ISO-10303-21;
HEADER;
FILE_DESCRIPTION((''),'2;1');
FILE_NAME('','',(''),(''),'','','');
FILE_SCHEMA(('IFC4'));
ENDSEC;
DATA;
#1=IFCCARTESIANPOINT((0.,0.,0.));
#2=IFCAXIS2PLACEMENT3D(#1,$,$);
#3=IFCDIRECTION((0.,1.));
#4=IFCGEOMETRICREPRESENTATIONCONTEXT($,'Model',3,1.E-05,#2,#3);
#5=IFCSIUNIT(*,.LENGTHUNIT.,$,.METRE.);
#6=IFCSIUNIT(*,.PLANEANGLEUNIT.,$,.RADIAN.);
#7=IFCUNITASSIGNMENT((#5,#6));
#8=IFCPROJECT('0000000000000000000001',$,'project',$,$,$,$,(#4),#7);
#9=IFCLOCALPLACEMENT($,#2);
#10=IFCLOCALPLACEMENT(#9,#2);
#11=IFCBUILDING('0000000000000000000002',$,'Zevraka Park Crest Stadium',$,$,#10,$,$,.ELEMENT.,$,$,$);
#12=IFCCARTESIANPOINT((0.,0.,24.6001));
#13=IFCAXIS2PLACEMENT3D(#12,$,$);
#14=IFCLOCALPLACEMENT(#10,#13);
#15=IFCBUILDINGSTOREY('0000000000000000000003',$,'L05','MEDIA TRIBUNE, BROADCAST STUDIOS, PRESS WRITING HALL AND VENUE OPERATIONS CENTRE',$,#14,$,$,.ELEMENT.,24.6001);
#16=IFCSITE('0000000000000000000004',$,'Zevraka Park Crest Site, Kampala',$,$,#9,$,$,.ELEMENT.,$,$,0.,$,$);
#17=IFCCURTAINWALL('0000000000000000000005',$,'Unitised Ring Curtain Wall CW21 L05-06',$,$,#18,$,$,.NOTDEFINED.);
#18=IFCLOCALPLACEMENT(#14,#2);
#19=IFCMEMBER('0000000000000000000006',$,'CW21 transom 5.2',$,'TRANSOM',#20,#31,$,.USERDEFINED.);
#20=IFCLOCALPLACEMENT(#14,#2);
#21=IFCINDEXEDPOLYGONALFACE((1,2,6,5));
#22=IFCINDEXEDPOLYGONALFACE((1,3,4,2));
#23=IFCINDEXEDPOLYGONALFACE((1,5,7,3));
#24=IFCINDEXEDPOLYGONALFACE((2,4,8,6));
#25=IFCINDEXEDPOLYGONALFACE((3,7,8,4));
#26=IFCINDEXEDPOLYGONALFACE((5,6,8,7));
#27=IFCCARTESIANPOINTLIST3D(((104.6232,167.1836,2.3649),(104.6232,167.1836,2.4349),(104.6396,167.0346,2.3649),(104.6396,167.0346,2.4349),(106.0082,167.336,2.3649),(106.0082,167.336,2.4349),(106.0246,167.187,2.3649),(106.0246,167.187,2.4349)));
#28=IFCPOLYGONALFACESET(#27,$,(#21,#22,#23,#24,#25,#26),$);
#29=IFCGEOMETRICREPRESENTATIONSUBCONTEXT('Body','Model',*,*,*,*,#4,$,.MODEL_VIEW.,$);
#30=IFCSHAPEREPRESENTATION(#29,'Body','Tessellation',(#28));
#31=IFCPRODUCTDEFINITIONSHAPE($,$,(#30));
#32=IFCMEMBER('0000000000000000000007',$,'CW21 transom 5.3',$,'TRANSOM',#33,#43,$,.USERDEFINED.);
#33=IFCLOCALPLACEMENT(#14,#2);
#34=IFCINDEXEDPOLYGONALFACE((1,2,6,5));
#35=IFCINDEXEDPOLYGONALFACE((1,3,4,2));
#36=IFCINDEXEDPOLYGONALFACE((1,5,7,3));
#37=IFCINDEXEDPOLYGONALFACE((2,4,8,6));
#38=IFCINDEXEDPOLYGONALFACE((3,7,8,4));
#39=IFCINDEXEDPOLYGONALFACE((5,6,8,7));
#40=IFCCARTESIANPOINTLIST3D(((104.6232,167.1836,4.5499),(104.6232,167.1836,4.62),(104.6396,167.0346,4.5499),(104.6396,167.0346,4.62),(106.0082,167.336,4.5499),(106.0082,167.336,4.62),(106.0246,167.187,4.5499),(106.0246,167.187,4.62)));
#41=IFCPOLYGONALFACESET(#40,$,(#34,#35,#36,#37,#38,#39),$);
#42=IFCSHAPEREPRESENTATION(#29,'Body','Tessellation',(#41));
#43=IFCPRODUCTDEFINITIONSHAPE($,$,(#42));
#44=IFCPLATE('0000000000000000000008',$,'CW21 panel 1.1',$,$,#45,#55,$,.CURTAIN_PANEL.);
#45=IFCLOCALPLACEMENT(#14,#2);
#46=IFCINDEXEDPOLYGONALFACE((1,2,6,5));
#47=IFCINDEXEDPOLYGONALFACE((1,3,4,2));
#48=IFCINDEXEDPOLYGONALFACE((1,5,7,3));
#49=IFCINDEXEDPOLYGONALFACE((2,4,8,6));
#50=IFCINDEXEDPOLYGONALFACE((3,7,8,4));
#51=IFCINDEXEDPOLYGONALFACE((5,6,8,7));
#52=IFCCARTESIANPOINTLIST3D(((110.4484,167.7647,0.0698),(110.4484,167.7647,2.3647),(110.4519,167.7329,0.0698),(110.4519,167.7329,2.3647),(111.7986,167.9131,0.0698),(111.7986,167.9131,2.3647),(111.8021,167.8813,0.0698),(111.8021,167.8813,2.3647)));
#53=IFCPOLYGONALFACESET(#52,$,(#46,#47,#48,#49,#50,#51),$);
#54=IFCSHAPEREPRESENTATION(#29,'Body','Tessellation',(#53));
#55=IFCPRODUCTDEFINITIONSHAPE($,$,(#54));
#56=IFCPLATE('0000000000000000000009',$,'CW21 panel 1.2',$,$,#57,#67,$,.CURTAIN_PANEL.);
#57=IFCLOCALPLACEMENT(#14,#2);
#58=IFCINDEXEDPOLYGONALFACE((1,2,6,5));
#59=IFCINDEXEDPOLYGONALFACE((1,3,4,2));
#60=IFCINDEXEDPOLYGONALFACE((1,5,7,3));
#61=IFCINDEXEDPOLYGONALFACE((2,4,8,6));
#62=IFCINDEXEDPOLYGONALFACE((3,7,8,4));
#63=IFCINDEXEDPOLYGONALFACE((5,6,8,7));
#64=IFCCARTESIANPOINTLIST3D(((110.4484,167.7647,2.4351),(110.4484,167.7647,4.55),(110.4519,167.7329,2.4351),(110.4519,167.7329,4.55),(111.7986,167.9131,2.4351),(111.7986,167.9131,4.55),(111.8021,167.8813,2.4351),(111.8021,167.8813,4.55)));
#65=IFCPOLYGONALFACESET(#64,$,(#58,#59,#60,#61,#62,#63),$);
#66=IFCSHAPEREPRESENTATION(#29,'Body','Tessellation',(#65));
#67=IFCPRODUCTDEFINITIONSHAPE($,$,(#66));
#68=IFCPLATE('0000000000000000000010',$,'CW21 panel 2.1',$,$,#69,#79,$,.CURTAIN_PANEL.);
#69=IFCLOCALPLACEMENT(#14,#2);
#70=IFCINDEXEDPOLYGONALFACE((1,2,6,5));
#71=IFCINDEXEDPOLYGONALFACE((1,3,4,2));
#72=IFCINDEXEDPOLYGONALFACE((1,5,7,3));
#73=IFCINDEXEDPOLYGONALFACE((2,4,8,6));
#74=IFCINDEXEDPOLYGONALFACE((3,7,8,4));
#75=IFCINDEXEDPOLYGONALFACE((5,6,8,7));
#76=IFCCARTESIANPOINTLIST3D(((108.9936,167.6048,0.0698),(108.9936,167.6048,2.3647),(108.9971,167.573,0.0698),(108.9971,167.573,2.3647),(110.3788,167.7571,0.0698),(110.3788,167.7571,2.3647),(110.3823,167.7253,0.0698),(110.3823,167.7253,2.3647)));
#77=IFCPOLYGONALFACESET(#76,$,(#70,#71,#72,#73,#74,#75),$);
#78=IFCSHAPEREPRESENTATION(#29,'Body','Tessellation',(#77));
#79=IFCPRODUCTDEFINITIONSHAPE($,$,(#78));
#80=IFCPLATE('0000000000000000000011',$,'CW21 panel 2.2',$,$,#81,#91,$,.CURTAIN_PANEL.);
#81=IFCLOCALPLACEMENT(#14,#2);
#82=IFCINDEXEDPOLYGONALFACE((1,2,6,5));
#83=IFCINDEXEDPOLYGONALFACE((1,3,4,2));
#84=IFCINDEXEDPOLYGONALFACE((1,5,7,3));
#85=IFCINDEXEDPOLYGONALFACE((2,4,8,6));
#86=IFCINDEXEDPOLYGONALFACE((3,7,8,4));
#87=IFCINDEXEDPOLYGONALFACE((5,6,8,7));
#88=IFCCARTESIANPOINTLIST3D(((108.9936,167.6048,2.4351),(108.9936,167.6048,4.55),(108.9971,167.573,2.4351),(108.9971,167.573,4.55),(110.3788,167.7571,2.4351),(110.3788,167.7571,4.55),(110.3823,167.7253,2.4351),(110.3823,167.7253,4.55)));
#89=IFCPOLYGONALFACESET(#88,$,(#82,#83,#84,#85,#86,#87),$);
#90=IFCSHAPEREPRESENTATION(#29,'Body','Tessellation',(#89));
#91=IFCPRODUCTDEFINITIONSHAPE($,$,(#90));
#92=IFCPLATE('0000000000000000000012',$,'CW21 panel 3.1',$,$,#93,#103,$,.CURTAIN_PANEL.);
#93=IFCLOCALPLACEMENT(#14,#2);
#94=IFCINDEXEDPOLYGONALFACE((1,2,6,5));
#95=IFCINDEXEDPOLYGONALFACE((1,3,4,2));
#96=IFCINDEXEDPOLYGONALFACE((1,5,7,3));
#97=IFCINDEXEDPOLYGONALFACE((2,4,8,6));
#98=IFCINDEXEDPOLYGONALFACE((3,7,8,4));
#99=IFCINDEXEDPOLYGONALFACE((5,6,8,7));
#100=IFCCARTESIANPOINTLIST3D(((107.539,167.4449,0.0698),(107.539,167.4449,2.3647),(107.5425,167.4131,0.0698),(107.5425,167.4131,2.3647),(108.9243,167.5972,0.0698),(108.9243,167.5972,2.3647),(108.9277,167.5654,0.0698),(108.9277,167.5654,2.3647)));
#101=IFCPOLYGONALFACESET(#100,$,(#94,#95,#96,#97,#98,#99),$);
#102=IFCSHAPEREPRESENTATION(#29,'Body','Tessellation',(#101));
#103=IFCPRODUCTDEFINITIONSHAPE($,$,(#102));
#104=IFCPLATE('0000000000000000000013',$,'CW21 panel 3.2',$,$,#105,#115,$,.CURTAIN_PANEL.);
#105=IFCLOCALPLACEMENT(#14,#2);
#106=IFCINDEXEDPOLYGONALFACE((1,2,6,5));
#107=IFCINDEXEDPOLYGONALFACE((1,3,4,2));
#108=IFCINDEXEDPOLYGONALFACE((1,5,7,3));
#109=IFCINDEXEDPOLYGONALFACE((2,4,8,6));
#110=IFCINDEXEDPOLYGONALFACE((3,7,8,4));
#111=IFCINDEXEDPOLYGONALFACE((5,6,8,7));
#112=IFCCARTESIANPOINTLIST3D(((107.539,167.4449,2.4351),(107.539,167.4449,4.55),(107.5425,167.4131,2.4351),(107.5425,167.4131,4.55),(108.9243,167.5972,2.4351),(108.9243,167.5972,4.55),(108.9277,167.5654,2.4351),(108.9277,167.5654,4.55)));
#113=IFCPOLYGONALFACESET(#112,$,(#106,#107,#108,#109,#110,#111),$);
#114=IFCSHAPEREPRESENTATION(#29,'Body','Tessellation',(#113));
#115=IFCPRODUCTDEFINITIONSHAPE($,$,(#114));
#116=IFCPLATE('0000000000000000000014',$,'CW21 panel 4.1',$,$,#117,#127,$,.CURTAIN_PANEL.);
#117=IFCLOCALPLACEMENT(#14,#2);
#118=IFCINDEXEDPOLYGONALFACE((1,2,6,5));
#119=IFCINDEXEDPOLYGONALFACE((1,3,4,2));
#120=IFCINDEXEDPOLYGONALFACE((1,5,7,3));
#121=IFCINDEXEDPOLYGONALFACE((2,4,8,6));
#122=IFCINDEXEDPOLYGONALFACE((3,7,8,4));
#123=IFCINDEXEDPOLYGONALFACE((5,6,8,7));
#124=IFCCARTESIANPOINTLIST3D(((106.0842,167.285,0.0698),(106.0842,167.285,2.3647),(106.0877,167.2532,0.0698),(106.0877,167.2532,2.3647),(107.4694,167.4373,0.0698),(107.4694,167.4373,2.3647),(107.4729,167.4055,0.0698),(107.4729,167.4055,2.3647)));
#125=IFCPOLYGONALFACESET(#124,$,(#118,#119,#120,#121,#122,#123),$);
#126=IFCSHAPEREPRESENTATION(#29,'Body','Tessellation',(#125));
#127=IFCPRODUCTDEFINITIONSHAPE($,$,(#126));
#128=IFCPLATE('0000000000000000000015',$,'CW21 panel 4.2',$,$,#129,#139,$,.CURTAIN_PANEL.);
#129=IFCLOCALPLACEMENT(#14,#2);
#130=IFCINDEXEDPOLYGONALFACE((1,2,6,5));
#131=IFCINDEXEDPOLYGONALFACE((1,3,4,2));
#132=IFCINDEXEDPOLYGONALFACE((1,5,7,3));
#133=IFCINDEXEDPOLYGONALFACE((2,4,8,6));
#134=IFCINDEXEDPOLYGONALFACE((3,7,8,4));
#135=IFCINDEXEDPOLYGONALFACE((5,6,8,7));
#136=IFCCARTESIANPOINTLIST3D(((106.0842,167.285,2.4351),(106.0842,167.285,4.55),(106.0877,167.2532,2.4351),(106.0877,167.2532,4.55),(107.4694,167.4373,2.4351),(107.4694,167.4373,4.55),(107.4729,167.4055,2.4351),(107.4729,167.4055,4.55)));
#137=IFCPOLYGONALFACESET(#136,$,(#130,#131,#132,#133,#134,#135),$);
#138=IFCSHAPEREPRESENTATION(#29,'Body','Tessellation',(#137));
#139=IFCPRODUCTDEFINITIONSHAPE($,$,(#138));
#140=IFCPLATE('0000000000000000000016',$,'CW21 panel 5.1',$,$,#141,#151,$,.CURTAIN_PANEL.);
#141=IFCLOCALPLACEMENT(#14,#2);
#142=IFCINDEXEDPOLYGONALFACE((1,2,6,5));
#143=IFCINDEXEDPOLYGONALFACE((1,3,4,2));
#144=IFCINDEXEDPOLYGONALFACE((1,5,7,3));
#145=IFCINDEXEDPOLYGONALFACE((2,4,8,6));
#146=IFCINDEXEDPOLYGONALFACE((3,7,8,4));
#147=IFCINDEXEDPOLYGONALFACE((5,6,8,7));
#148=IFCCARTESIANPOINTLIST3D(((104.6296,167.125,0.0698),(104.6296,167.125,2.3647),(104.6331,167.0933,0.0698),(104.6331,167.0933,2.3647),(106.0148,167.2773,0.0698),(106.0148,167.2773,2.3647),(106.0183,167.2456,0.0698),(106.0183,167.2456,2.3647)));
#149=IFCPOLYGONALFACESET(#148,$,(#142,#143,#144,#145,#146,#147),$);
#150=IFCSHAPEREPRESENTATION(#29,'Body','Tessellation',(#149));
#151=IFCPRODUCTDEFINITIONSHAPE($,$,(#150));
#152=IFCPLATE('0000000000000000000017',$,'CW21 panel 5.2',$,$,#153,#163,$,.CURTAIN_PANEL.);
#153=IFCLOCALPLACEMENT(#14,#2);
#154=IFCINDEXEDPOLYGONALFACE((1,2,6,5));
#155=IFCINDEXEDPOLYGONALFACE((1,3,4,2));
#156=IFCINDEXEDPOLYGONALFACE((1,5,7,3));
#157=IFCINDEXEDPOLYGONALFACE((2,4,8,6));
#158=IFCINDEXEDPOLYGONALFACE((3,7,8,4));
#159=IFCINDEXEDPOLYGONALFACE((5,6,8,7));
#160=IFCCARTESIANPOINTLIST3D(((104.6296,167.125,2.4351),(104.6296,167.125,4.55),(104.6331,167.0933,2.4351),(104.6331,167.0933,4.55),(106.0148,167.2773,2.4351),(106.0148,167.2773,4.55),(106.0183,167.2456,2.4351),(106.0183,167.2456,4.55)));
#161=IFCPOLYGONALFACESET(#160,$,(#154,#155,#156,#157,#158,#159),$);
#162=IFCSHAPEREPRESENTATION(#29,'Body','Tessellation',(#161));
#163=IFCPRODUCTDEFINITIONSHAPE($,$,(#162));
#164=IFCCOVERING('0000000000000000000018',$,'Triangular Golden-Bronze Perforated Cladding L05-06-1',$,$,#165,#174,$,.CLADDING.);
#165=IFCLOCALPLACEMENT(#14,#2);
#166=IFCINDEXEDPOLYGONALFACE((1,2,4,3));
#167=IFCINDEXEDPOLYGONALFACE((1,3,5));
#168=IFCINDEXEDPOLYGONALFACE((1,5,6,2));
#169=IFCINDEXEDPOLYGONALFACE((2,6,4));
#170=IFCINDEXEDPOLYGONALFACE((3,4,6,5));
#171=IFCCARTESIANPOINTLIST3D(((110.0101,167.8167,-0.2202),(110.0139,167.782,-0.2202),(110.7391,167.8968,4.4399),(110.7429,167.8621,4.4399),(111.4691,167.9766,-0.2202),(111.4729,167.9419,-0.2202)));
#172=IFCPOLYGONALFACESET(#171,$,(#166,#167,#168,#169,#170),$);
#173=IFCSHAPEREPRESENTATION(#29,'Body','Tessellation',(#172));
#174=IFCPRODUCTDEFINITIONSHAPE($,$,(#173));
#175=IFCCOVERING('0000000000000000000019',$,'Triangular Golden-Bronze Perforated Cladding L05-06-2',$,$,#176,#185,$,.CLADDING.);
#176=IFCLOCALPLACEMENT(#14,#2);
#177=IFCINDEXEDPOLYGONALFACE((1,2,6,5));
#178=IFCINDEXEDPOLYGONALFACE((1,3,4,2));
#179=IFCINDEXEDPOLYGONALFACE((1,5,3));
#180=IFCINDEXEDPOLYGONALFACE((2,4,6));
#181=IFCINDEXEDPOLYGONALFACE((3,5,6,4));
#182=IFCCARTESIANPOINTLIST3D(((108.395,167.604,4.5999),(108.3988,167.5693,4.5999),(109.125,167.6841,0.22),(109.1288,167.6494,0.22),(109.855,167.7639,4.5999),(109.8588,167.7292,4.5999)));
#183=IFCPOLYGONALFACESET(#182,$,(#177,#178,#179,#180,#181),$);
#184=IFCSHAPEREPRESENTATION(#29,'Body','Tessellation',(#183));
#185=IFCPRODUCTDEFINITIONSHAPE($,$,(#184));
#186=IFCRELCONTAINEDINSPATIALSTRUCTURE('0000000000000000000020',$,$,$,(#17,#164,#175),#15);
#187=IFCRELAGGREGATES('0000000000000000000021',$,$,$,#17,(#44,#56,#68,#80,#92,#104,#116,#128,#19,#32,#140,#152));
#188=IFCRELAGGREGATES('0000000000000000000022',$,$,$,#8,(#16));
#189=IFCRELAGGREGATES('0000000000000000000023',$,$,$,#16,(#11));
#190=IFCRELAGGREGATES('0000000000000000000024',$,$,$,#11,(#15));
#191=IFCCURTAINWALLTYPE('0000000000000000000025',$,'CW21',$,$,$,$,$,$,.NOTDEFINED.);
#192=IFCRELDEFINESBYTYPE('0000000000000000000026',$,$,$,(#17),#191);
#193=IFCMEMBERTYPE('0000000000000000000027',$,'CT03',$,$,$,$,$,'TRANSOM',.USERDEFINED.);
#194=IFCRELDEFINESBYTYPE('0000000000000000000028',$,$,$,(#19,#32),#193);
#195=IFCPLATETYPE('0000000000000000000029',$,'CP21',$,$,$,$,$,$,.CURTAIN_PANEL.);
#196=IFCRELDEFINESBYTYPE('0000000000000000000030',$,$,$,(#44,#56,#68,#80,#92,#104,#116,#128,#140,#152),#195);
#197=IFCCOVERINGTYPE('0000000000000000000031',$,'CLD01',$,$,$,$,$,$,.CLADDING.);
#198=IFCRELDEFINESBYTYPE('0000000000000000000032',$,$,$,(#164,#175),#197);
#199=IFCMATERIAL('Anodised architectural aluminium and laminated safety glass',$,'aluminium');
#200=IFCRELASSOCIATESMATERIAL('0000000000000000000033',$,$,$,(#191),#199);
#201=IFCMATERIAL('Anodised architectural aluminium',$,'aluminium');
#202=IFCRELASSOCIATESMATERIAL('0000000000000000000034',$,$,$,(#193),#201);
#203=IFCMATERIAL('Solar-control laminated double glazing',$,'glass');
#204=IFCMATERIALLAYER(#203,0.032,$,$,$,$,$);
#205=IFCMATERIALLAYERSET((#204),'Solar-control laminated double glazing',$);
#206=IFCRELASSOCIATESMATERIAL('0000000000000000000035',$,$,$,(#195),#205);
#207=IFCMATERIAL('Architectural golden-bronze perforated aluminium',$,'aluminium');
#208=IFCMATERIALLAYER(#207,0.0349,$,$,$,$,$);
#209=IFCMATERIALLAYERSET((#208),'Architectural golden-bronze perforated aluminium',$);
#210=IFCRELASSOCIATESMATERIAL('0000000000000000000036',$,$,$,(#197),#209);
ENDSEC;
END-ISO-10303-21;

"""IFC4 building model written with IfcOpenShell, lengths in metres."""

from ifc_helpers import new_model, si_unit, direction, frame, origin, origin_2d, place, context, subcontext, project, spatial, polyline, rectangle, outline, extrude, material, layer, layer_set, material_profile, profile_set, type_object, element, aggregate, save


model = new_model("IFC4")

# Units and contexts
model_context = context("Model", 3, precision=1e-05, world=origin(), true_north=direction((0.0, 1.0)))
body_context = subcontext(model_context, "Body", "Model", "MODEL_VIEW")
ifc_project = project(units=[si_unit("LENGTHUNIT", "METRE"), si_unit("PLANEANGLEUNIT", "RADIAN")], contexts=[model_context])

# Site, building, storey
site_placement = place(None, origin())
site = spatial("IfcSite", under=ifc_project, at=site_placement, Name="Zevraka Park Crest Site, Kampala", CompositionType="ELEMENT", RefElevation=0.0)
building_placement = place(site_placement, origin())
building = spatial("IfcBuilding", under=site, at=building_placement, Name="Zevraka Park Crest Stadium", CompositionType="ELEMENT")
storey_placement = place(building_placement, frame((0.0, 0.0, 24.6001)))
storey = spatial("IfcBuildingStorey", under=building, at=storey_placement, Name="L05", Description="MEDIA TRIBUNE, BROADCAST STUDIOS, PRESS WRITING HALL AND VENUE OPERATIONS CENTRE", CompositionType="ELEMENT", Elevation=24.6001)

# Curtain wall, members, plates
ifc_material_1 = material(Name="Anodised architectural aluminium and laminated safety glass", Category="aluminium")
curtain_wall_type = type_object("IfcCurtainWallType", Name="CW21", PredefinedType="NOTDEFINED", material=ifc_material_1)
curtain_wall_placement = place(storey_placement, origin())
curtain_wall = element("IfcCurtainWall", 1, at=curtain_wall_placement, inside=storey, type_object=curtain_wall_type, Name="Unitised Ring Curtain Wall CW21 L05-06", PredefinedType="NOTDEFINED")
ifc_material_2 = material(Name="Anodised architectural aluminium", Category="aluminium")
ifc_material_profile_1 = material_profile(ifc_material_2, rectangle(XDim=0.1499, YDim=0.0701, at=origin_2d()), Name="ALU TRANSOM 150x70")
ifc_profile_set_1 = profile_set([ifc_material_profile_1], Name="Anodised architectural aluminium")
member_type_1 = type_object("IfcMemberType", Name="CT03", ElementType="TRANSOM", PredefinedType="USERDEFINED", material=ifc_profile_set_1)
member_1_placement = place(storey_placement, frame((106.0164, 167.2615, 2.3999), z_axis=(-0.994005, -0.109335, 0.0), x_axis=(0.109335, -0.994005, 0.0)))
member_1 = element("IfcMember", 2, at=member_1_placement, type_object=member_type_1, Name="CW21 transom 5.2", ObjectType="TRANSOM", PredefinedType="USERDEFINED", context=body_context, shape_type="SweptSolid", body=[
    extrude(rectangle(XDim=0.1499, YDim=0.0701, at=origin_2d()), origin(), (0.0, 0.0, 1.0), 1.3933),
])
member_2_placement = place(storey_placement, frame((106.0164, 167.2615, 4.585), z_axis=(-0.994005, -0.109335, 0.0), x_axis=(0.109335, -0.994005, 0.0)))
member_2 = element("IfcMember", 3, at=member_2_placement, type_object=member_type_1, Name="CW21 transom 5.3", ObjectType="TRANSOM", PredefinedType="USERDEFINED", context=body_context, shape_type="SweptSolid", body=[
    extrude(rectangle(XDim=0.1499, YDim=0.0701, at=origin_2d()), origin(), (0.0, 0.0, 1.0), 1.3933),
])
ifc_material_3 = material(Name="Solar-control laminated double glazing", Category="glass")
ifc_layer_1 = layer(ifc_material_3, 0.032)
ifc_layer_set_1 = layer_set([ifc_layer_1], Name="Solar-control laminated double glazing")
plate_type = type_object("IfcPlateType", Name="CP21", PredefinedType="CURTAIN_PANEL", material=ifc_layer_set_1)
plate_1_placement = place(storey_placement, frame((111.1252, 167.823, 0.0698), z_axis=(0.0, 0.0, 1.0), x_axis=(-0.99401, -0.109288, 0.0)))
plate_1 = element("IfcPlate", 4, at=plate_1_placement, type_object=plate_type, Name="CW21 panel 1.1", PredefinedType="CURTAIN_PANEL", context=body_context, shape_type="SweptSolid", body=[
    extrude(rectangle(XDim=1.3584, YDim=0.032, at=origin_2d()), origin(), (0.0, 0.0, 1.0), 2.2949),
])
plate_2_placement = place(storey_placement, frame((111.1252, 167.823, 2.4351), z_axis=(0.0, 0.0, 1.0), x_axis=(-0.99401, -0.109288, 0.0)))
plate_2 = element("IfcPlate", 5, at=plate_2_placement, type_object=plate_type, Name="CW21 panel 1.2", PredefinedType="CURTAIN_PANEL", context=body_context, shape_type="SweptSolid", body=[
    extrude(rectangle(XDim=1.3584, YDim=0.032, at=origin_2d()), origin(), (0.0, 0.0, 1.0), 2.115),
])
plate_3_placement = place(storey_placement, frame((109.688, 167.665, 0.0698), z_axis=(0.0, 0.0, 1.0), x_axis=(-0.99401, -0.109288, 0.0)))
plate_3 = element("IfcPlate", 6, at=plate_3_placement, type_object=plate_type, Name="CW21 panel 2.1", PredefinedType="CURTAIN_PANEL", context=body_context, shape_type="SweptSolid", body=[
    extrude(rectangle(XDim=1.3936, YDim=0.032, at=origin_2d()), origin(), (0.0, 0.0, 1.0), 2.2949),
])
plate_4_placement = place(storey_placement, frame((109.688, 167.665, 2.4351), z_axis=(0.0, 0.0, 1.0), x_axis=(-0.99401, -0.109288, 0.0)))
plate_4 = element("IfcPlate", 7, at=plate_4_placement, type_object=plate_type, Name="CW21 panel 2.2", PredefinedType="CURTAIN_PANEL", context=body_context, shape_type="SweptSolid", body=[
    extrude(rectangle(XDim=1.3936, YDim=0.032, at=origin_2d()), origin(), (0.0, 0.0, 1.0), 2.115),
])
plate_5_placement = place(storey_placement, frame((108.2334, 167.5051, 0.0698), z_axis=(0.0, 0.0, 1.0), x_axis=(-0.99401, -0.109288, 0.0)))
plate_5 = element("IfcPlate", 8, at=plate_5_placement, type_object=plate_type, Name="CW21 panel 3.1", PredefinedType="CURTAIN_PANEL", context=body_context, shape_type="SweptSolid", body=[
    extrude(rectangle(XDim=1.3936, YDim=0.032, at=origin_2d()), origin(), (0.0, 0.0, 1.0), 2.2949),
])
plate_6_placement = place(storey_placement, frame((108.2334, 167.5051, 2.4351), z_axis=(0.0, 0.0, 1.0), x_axis=(-0.99401, -0.109288, 0.0)))
plate_6 = element("IfcPlate", 9, at=plate_6_placement, type_object=plate_type, Name="CW21 panel 3.2", PredefinedType="CURTAIN_PANEL", context=body_context, shape_type="SweptSolid", body=[
    extrude(rectangle(XDim=1.3936, YDim=0.032, at=origin_2d()), origin(), (0.0, 0.0, 1.0), 2.115),
])
plate_7_placement = place(storey_placement, frame((106.7786, 167.3452, 0.0698), z_axis=(0.0, 0.0, 1.0), x_axis=(-0.99401, -0.109288, 0.0)))
plate_7 = element("IfcPlate", 10, at=plate_7_placement, type_object=plate_type, Name="CW21 panel 4.1", PredefinedType="CURTAIN_PANEL", context=body_context, shape_type="SweptSolid", body=[
    extrude(rectangle(XDim=1.3936, YDim=0.032, at=origin_2d()), origin(), (0.0, 0.0, 1.0), 2.2949),
])
plate_8_placement = place(storey_placement, frame((106.7786, 167.3452, 2.4351), z_axis=(0.0, 0.0, 1.0), x_axis=(-0.99401, -0.109288, 0.0)))
plate_8 = element("IfcPlate", 11, at=plate_8_placement, type_object=plate_type, Name="CW21 panel 4.2", PredefinedType="CURTAIN_PANEL", context=body_context, shape_type="SweptSolid", body=[
    extrude(rectangle(XDim=1.3936, YDim=0.032, at=origin_2d()), origin(), (0.0, 0.0, 1.0), 2.115),
])
plate_9_placement = place(storey_placement, frame((105.324, 167.1853, 0.0698), z_axis=(0.0, 0.0, 1.0), x_axis=(-0.99401, -0.109288, 0.0)))
plate_9 = element("IfcPlate", 12, at=plate_9_placement, type_object=plate_type, Name="CW21 panel 5.1", PredefinedType="CURTAIN_PANEL", context=body_context, shape_type="SweptSolid", body=[
    extrude(rectangle(XDim=1.3936, YDim=0.032, at=origin_2d()), origin(), (0.0, 0.0, 1.0), 2.2949),
])
plate_10_placement = place(storey_placement, frame((105.324, 167.1853, 2.4351), z_axis=(0.0, 0.0, 1.0), x_axis=(-0.99401, -0.109288, 0.0)))
plate_10 = element("IfcPlate", 13, at=plate_10_placement, type_object=plate_type, Name="CW21 panel 5.2", PredefinedType="CURTAIN_PANEL", context=body_context, shape_type="SweptSolid", body=[
    extrude(rectangle(XDim=1.3936, YDim=0.032, at=origin_2d()), origin(), (0.0, 0.0, 1.0), 2.115),
])
aggregate(curtain_wall, [plate_1, plate_2, plate_3, plate_4, plate_5, plate_6, plate_7, plate_8, member_1, member_2, plate_9, plate_10])

# Coverings
ifc_material_4 = material(Name="Architectural golden-bronze perforated aluminium", Category="aluminium")
ifc_layer_2 = layer(ifc_material_4, 0.0349)
ifc_layer_set_2 = layer_set([ifc_layer_2], Name="Architectural golden-bronze perforated aluminium")
covering_type = type_object("IfcCoveringType", Name="CLD01", PredefinedType="CLADDING", material=ifc_layer_set_2)
covering_1_placement = place(storey_placement, frame((111.4729, 167.9419, -0.2202), z_axis=(0.108953, -0.994047, 0.000037), x_axis=(-0.994047, -0.108953, 0.0)))
element("IfcCovering", 14, at=covering_1_placement, inside=storey, type_object=covering_type, Name="Triangular Golden-Bronze Perforated Cladding L05-06-1", PredefinedType="CLADDING", context=body_context, shape_type="SweptSolid", body=[
    extrude(outline(polyline([(0.0, 0.0), (1.4677, 0.0), (0.7343, -4.6602), (0.0, 0.0)])), origin(), (0.0, 0.0, -1.0), 0.0349),
])
covering_2_placement = place(storey_placement, frame((108.395, 167.604, 4.5999), z_axis=(-0.108881, 0.994055, 0.000028), x_axis=(0.994055, 0.108881, 0.0)))
element("IfcCovering", 15, at=covering_2_placement, inside=storey, type_object=covering_type, Name="Triangular Golden-Bronze Perforated Cladding L05-06-2", PredefinedType="CLADDING", context=body_context, shape_type="SweptSolid", body=[
    extrude(outline(polyline([(0.0, 0.0), (1.4687, 0.0), (0.7344, 4.3799), (0.0, 0.0)])), origin(), (0.0, 0.0, -1.0), 0.0349),
])

save(model, "model.ifc")
